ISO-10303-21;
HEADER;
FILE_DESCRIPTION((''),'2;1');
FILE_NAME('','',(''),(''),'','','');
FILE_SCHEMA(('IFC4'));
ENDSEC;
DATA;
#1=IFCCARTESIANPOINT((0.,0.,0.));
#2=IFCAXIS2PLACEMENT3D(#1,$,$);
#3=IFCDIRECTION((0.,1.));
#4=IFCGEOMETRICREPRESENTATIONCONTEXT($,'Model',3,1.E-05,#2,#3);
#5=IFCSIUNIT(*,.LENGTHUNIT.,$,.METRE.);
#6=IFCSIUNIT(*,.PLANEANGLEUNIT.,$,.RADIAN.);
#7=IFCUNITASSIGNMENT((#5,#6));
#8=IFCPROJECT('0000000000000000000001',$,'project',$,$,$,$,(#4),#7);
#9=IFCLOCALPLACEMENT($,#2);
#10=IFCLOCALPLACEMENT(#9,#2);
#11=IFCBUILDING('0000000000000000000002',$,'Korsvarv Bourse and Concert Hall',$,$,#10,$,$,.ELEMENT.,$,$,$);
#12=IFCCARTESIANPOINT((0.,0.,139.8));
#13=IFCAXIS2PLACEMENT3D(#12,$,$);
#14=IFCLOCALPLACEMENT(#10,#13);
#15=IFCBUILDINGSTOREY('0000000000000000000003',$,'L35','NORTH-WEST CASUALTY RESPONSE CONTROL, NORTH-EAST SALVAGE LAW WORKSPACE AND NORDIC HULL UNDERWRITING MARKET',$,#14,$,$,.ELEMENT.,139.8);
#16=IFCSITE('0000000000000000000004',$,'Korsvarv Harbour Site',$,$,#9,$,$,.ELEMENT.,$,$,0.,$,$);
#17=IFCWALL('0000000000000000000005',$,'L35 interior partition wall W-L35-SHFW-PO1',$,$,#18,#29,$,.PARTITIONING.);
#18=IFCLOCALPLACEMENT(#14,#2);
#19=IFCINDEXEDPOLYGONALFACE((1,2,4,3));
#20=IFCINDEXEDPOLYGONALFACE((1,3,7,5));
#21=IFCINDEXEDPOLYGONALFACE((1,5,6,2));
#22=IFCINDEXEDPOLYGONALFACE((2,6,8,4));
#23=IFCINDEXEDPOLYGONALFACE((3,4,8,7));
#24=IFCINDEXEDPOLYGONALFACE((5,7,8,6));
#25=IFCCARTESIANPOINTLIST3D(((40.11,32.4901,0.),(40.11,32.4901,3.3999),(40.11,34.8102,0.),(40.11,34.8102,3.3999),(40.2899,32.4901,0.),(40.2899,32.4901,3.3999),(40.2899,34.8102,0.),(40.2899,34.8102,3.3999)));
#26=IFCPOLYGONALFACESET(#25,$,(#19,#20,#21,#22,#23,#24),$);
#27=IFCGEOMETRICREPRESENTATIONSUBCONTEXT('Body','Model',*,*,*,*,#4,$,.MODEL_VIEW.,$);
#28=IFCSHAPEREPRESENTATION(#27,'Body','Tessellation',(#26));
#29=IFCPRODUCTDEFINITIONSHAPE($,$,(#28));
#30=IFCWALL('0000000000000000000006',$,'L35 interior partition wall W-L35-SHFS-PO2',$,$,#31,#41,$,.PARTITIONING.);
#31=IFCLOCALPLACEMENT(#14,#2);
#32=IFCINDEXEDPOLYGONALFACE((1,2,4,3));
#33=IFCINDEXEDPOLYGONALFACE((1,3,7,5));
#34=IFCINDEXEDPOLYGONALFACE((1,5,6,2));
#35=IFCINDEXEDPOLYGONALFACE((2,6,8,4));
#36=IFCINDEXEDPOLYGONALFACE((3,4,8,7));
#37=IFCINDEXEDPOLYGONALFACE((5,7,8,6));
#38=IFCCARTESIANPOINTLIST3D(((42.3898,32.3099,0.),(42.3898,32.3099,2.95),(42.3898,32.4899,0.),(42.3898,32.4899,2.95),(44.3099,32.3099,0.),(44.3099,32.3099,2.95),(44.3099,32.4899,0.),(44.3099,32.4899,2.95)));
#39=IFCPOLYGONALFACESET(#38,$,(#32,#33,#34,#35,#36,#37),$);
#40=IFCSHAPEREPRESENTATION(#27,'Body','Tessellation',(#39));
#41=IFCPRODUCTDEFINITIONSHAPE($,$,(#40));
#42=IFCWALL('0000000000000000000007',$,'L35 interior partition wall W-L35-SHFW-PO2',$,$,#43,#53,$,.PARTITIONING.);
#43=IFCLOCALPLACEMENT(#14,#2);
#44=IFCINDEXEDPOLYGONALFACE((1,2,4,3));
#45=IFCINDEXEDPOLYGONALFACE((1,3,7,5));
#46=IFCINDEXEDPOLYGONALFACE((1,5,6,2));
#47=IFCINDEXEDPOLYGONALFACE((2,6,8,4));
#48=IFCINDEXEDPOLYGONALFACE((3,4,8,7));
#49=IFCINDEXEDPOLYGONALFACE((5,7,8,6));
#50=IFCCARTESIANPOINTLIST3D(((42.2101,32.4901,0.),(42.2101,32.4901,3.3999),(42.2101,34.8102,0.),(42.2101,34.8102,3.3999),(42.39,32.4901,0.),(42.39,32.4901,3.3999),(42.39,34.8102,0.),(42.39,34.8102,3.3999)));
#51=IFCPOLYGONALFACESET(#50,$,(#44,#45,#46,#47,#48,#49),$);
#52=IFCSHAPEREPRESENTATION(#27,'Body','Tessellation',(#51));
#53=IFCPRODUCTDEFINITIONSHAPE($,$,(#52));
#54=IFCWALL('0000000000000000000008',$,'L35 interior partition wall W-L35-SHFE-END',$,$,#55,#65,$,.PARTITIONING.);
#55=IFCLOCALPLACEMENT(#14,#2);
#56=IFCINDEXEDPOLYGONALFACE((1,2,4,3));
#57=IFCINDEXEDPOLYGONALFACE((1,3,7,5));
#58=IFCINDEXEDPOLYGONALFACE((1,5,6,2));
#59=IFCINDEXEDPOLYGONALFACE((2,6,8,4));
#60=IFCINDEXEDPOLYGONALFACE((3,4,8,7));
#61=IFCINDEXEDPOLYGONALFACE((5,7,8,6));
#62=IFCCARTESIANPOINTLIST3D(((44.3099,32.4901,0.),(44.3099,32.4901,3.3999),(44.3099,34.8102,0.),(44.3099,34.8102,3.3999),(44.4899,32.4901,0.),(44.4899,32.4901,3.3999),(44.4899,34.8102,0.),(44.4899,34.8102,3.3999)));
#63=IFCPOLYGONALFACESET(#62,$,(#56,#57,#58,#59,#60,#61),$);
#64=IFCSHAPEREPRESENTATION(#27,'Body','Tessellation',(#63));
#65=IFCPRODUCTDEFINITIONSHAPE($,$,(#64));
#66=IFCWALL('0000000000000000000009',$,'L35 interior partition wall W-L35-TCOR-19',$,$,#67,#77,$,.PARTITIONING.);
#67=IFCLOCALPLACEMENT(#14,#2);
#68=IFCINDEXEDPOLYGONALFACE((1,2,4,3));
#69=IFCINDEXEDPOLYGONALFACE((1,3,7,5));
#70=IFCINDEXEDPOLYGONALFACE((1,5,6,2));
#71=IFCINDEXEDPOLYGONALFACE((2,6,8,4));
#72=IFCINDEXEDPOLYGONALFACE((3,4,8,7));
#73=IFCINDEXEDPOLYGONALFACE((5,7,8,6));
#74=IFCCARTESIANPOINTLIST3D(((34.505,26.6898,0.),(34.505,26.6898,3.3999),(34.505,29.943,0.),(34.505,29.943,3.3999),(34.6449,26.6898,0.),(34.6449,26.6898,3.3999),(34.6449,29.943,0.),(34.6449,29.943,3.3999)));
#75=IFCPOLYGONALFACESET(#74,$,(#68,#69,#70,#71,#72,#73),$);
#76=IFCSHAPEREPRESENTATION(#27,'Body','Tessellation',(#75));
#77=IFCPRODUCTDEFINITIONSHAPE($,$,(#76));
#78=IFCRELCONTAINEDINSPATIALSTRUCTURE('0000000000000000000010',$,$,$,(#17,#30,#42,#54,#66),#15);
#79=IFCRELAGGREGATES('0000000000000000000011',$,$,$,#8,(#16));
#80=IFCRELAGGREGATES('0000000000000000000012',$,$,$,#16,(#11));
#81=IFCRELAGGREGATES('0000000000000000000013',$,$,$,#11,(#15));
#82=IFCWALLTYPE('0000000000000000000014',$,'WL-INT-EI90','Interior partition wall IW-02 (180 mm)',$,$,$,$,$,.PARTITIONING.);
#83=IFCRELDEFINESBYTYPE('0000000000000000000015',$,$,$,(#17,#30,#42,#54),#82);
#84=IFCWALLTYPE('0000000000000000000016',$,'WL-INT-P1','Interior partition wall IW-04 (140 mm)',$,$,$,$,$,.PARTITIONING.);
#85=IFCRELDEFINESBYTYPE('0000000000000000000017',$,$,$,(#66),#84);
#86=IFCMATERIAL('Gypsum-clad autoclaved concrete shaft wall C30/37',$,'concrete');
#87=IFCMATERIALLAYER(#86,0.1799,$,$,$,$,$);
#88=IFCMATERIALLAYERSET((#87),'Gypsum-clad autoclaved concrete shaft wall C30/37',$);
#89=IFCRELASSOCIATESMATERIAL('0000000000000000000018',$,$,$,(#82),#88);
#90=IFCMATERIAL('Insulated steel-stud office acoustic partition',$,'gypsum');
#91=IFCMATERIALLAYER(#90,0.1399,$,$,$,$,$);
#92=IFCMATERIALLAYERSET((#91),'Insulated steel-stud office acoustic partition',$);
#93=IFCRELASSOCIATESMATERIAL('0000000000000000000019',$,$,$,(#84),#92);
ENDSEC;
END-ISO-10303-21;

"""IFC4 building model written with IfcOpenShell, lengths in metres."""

from ifc_helpers import new_model, si_unit, direction, frame, frame_2d, origin, place, context, subcontext, project, spatial, rectangle, extrude, material, layer, layer_set, type_object, element, save


model = new_model("IFC4")

# Units and contexts
model_context = context("Model", 3, precision=1e-05, world=origin(), true_north=direction((0.0, 1.0)))
body_context = subcontext(model_context, "Body", "Model", "MODEL_VIEW")
ifc_project = project(units=[si_unit("LENGTHUNIT", "METRE"), si_unit("PLANEANGLEUNIT", "RADIAN")], contexts=[model_context])

# Site, building, storey
site_placement = place(None, origin())
site = spatial("IfcSite", under=ifc_project, at=site_placement, Name="Korsvarv Harbour Site", CompositionType="ELEMENT", RefElevation=0.0)
building_placement = place(site_placement, origin())
building = spatial("IfcBuilding", under=site, at=building_placement, Name="Korsvarv Bourse and Concert Hall", CompositionType="ELEMENT")
storey_placement = place(building_placement, frame((0.0, 0.0, 139.8)))
storey = spatial("IfcBuildingStorey", under=building, at=storey_placement, Name="L35", Description="NORTH-WEST CASUALTY RESPONSE CONTROL, NORTH-EAST SALVAGE LAW WORKSPACE AND NORDIC HULL UNDERWRITING MARKET", CompositionType="ELEMENT", Elevation=139.8)

# Walls
ifc_material_1 = material(Name="Gypsum-clad autoclaved concrete shaft wall C30/37", Category="concrete")
ifc_layer_1 = layer(ifc_material_1, 0.1799)
ifc_layer_set_1 = layer_set([ifc_layer_1], Name="Gypsum-clad autoclaved concrete shaft wall C30/37")
wall_type_1 = type_object("IfcWallType", Name="WL-INT-EI90", Description="Interior partition wall IW-02 (180 mm)", PredefinedType="PARTITIONING", material=ifc_layer_set_1)
wall_1_placement = place(storey_placement, frame((40.2, 32.49, 0.0), z_axis=(0.0, 0.0, 1.0), x_axis=(0.0, 1.0, 0.0)))
element("IfcWall", 1, at=wall_1_placement, inside=storey, type_object=wall_type_1, Name="L35 interior partition wall W-L35-SHFW-PO1", PredefinedType="PARTITIONING", context=body_context, shape_type="SweptSolid", body=[
    extrude(rectangle(XDim=2.3201, YDim=0.1799, at=frame_2d((1.1602, 0.0))), origin(), (0.0, 0.0, 1.0), 3.3999),
])
wall_2_placement = place(storey_placement, frame((42.3899, 32.3999, 0.0), z_axis=(0.0, 0.0, 1.0), x_axis=(1.0, 0.0, 0.0)))
element("IfcWall", 2, at=wall_2_placement, inside=storey, type_object=wall_type_1, Name="L35 interior partition wall W-L35-SHFS-PO2", PredefinedType="PARTITIONING", context=body_context, shape_type="SweptSolid", body=[
    extrude(rectangle(XDim=1.9202, YDim=0.1799, at=frame_2d((0.96, 0.0))), origin(), (0.0, 0.0, 1.0), 2.95),
])
for number, where, z_axis, x_axis, name in (
    (3, (42.3, 32.49, 0.0), (0.0, 0.0, 1.0), (0.0, 1.0, 0.0), "L35 interior partition wall W-L35-SHFW-PO2"),
    (4, (44.3999, 32.49, 0.0), (0.0, 0.0, 1.0), (0.0, 1.0, 0.0), "L35 interior partition wall W-L35-SHFE-END"),
):
    element("IfcWall", number, at=place(storey_placement, frame(where, z_axis=z_axis, x_axis=x_axis)), inside=storey, type_object=wall_type_1, Name=name, PredefinedType="PARTITIONING", context=body_context, shape_type="SweptSolid", body=[
        extrude(rectangle(XDim=2.3201, YDim=0.1799, at=frame_2d((1.1602, 0.0))), origin(), (0.0, 0.0, 1.0), 3.3999),
    ])
ifc_material_2 = material(Name="Insulated steel-stud office acoustic partition", Category="gypsum")
ifc_layer_2 = layer(ifc_material_2, 0.1399)
ifc_layer_set_2 = layer_set([ifc_layer_2], Name="Insulated steel-stud office acoustic partition")
wall_type_2 = type_object("IfcWallType", Name="WL-INT-P1", Description="Interior partition wall IW-04 (140 mm)", PredefinedType="PARTITIONING", material=ifc_layer_set_2)
wall_3_placement = place(storey_placement, frame((34.575, 26.6899, 0.0), z_axis=(0.0, 0.0, 1.0), x_axis=(0.0, 1.0, 0.0)))
element("IfcWall", 5, at=wall_3_placement, inside=storey, type_object=wall_type_2, Name="L35 interior partition wall W-L35-TCOR-19", PredefinedType="PARTITIONING", context=body_context, shape_type="SweptSolid", body=[
    extrude(rectangle(XDim=3.2532, YDim=0.1399, at=frame_2d((1.6265, 0.0))), origin(), (0.0, 0.0, 1.0), 3.3999),
])

save(model, "model.ifc")
